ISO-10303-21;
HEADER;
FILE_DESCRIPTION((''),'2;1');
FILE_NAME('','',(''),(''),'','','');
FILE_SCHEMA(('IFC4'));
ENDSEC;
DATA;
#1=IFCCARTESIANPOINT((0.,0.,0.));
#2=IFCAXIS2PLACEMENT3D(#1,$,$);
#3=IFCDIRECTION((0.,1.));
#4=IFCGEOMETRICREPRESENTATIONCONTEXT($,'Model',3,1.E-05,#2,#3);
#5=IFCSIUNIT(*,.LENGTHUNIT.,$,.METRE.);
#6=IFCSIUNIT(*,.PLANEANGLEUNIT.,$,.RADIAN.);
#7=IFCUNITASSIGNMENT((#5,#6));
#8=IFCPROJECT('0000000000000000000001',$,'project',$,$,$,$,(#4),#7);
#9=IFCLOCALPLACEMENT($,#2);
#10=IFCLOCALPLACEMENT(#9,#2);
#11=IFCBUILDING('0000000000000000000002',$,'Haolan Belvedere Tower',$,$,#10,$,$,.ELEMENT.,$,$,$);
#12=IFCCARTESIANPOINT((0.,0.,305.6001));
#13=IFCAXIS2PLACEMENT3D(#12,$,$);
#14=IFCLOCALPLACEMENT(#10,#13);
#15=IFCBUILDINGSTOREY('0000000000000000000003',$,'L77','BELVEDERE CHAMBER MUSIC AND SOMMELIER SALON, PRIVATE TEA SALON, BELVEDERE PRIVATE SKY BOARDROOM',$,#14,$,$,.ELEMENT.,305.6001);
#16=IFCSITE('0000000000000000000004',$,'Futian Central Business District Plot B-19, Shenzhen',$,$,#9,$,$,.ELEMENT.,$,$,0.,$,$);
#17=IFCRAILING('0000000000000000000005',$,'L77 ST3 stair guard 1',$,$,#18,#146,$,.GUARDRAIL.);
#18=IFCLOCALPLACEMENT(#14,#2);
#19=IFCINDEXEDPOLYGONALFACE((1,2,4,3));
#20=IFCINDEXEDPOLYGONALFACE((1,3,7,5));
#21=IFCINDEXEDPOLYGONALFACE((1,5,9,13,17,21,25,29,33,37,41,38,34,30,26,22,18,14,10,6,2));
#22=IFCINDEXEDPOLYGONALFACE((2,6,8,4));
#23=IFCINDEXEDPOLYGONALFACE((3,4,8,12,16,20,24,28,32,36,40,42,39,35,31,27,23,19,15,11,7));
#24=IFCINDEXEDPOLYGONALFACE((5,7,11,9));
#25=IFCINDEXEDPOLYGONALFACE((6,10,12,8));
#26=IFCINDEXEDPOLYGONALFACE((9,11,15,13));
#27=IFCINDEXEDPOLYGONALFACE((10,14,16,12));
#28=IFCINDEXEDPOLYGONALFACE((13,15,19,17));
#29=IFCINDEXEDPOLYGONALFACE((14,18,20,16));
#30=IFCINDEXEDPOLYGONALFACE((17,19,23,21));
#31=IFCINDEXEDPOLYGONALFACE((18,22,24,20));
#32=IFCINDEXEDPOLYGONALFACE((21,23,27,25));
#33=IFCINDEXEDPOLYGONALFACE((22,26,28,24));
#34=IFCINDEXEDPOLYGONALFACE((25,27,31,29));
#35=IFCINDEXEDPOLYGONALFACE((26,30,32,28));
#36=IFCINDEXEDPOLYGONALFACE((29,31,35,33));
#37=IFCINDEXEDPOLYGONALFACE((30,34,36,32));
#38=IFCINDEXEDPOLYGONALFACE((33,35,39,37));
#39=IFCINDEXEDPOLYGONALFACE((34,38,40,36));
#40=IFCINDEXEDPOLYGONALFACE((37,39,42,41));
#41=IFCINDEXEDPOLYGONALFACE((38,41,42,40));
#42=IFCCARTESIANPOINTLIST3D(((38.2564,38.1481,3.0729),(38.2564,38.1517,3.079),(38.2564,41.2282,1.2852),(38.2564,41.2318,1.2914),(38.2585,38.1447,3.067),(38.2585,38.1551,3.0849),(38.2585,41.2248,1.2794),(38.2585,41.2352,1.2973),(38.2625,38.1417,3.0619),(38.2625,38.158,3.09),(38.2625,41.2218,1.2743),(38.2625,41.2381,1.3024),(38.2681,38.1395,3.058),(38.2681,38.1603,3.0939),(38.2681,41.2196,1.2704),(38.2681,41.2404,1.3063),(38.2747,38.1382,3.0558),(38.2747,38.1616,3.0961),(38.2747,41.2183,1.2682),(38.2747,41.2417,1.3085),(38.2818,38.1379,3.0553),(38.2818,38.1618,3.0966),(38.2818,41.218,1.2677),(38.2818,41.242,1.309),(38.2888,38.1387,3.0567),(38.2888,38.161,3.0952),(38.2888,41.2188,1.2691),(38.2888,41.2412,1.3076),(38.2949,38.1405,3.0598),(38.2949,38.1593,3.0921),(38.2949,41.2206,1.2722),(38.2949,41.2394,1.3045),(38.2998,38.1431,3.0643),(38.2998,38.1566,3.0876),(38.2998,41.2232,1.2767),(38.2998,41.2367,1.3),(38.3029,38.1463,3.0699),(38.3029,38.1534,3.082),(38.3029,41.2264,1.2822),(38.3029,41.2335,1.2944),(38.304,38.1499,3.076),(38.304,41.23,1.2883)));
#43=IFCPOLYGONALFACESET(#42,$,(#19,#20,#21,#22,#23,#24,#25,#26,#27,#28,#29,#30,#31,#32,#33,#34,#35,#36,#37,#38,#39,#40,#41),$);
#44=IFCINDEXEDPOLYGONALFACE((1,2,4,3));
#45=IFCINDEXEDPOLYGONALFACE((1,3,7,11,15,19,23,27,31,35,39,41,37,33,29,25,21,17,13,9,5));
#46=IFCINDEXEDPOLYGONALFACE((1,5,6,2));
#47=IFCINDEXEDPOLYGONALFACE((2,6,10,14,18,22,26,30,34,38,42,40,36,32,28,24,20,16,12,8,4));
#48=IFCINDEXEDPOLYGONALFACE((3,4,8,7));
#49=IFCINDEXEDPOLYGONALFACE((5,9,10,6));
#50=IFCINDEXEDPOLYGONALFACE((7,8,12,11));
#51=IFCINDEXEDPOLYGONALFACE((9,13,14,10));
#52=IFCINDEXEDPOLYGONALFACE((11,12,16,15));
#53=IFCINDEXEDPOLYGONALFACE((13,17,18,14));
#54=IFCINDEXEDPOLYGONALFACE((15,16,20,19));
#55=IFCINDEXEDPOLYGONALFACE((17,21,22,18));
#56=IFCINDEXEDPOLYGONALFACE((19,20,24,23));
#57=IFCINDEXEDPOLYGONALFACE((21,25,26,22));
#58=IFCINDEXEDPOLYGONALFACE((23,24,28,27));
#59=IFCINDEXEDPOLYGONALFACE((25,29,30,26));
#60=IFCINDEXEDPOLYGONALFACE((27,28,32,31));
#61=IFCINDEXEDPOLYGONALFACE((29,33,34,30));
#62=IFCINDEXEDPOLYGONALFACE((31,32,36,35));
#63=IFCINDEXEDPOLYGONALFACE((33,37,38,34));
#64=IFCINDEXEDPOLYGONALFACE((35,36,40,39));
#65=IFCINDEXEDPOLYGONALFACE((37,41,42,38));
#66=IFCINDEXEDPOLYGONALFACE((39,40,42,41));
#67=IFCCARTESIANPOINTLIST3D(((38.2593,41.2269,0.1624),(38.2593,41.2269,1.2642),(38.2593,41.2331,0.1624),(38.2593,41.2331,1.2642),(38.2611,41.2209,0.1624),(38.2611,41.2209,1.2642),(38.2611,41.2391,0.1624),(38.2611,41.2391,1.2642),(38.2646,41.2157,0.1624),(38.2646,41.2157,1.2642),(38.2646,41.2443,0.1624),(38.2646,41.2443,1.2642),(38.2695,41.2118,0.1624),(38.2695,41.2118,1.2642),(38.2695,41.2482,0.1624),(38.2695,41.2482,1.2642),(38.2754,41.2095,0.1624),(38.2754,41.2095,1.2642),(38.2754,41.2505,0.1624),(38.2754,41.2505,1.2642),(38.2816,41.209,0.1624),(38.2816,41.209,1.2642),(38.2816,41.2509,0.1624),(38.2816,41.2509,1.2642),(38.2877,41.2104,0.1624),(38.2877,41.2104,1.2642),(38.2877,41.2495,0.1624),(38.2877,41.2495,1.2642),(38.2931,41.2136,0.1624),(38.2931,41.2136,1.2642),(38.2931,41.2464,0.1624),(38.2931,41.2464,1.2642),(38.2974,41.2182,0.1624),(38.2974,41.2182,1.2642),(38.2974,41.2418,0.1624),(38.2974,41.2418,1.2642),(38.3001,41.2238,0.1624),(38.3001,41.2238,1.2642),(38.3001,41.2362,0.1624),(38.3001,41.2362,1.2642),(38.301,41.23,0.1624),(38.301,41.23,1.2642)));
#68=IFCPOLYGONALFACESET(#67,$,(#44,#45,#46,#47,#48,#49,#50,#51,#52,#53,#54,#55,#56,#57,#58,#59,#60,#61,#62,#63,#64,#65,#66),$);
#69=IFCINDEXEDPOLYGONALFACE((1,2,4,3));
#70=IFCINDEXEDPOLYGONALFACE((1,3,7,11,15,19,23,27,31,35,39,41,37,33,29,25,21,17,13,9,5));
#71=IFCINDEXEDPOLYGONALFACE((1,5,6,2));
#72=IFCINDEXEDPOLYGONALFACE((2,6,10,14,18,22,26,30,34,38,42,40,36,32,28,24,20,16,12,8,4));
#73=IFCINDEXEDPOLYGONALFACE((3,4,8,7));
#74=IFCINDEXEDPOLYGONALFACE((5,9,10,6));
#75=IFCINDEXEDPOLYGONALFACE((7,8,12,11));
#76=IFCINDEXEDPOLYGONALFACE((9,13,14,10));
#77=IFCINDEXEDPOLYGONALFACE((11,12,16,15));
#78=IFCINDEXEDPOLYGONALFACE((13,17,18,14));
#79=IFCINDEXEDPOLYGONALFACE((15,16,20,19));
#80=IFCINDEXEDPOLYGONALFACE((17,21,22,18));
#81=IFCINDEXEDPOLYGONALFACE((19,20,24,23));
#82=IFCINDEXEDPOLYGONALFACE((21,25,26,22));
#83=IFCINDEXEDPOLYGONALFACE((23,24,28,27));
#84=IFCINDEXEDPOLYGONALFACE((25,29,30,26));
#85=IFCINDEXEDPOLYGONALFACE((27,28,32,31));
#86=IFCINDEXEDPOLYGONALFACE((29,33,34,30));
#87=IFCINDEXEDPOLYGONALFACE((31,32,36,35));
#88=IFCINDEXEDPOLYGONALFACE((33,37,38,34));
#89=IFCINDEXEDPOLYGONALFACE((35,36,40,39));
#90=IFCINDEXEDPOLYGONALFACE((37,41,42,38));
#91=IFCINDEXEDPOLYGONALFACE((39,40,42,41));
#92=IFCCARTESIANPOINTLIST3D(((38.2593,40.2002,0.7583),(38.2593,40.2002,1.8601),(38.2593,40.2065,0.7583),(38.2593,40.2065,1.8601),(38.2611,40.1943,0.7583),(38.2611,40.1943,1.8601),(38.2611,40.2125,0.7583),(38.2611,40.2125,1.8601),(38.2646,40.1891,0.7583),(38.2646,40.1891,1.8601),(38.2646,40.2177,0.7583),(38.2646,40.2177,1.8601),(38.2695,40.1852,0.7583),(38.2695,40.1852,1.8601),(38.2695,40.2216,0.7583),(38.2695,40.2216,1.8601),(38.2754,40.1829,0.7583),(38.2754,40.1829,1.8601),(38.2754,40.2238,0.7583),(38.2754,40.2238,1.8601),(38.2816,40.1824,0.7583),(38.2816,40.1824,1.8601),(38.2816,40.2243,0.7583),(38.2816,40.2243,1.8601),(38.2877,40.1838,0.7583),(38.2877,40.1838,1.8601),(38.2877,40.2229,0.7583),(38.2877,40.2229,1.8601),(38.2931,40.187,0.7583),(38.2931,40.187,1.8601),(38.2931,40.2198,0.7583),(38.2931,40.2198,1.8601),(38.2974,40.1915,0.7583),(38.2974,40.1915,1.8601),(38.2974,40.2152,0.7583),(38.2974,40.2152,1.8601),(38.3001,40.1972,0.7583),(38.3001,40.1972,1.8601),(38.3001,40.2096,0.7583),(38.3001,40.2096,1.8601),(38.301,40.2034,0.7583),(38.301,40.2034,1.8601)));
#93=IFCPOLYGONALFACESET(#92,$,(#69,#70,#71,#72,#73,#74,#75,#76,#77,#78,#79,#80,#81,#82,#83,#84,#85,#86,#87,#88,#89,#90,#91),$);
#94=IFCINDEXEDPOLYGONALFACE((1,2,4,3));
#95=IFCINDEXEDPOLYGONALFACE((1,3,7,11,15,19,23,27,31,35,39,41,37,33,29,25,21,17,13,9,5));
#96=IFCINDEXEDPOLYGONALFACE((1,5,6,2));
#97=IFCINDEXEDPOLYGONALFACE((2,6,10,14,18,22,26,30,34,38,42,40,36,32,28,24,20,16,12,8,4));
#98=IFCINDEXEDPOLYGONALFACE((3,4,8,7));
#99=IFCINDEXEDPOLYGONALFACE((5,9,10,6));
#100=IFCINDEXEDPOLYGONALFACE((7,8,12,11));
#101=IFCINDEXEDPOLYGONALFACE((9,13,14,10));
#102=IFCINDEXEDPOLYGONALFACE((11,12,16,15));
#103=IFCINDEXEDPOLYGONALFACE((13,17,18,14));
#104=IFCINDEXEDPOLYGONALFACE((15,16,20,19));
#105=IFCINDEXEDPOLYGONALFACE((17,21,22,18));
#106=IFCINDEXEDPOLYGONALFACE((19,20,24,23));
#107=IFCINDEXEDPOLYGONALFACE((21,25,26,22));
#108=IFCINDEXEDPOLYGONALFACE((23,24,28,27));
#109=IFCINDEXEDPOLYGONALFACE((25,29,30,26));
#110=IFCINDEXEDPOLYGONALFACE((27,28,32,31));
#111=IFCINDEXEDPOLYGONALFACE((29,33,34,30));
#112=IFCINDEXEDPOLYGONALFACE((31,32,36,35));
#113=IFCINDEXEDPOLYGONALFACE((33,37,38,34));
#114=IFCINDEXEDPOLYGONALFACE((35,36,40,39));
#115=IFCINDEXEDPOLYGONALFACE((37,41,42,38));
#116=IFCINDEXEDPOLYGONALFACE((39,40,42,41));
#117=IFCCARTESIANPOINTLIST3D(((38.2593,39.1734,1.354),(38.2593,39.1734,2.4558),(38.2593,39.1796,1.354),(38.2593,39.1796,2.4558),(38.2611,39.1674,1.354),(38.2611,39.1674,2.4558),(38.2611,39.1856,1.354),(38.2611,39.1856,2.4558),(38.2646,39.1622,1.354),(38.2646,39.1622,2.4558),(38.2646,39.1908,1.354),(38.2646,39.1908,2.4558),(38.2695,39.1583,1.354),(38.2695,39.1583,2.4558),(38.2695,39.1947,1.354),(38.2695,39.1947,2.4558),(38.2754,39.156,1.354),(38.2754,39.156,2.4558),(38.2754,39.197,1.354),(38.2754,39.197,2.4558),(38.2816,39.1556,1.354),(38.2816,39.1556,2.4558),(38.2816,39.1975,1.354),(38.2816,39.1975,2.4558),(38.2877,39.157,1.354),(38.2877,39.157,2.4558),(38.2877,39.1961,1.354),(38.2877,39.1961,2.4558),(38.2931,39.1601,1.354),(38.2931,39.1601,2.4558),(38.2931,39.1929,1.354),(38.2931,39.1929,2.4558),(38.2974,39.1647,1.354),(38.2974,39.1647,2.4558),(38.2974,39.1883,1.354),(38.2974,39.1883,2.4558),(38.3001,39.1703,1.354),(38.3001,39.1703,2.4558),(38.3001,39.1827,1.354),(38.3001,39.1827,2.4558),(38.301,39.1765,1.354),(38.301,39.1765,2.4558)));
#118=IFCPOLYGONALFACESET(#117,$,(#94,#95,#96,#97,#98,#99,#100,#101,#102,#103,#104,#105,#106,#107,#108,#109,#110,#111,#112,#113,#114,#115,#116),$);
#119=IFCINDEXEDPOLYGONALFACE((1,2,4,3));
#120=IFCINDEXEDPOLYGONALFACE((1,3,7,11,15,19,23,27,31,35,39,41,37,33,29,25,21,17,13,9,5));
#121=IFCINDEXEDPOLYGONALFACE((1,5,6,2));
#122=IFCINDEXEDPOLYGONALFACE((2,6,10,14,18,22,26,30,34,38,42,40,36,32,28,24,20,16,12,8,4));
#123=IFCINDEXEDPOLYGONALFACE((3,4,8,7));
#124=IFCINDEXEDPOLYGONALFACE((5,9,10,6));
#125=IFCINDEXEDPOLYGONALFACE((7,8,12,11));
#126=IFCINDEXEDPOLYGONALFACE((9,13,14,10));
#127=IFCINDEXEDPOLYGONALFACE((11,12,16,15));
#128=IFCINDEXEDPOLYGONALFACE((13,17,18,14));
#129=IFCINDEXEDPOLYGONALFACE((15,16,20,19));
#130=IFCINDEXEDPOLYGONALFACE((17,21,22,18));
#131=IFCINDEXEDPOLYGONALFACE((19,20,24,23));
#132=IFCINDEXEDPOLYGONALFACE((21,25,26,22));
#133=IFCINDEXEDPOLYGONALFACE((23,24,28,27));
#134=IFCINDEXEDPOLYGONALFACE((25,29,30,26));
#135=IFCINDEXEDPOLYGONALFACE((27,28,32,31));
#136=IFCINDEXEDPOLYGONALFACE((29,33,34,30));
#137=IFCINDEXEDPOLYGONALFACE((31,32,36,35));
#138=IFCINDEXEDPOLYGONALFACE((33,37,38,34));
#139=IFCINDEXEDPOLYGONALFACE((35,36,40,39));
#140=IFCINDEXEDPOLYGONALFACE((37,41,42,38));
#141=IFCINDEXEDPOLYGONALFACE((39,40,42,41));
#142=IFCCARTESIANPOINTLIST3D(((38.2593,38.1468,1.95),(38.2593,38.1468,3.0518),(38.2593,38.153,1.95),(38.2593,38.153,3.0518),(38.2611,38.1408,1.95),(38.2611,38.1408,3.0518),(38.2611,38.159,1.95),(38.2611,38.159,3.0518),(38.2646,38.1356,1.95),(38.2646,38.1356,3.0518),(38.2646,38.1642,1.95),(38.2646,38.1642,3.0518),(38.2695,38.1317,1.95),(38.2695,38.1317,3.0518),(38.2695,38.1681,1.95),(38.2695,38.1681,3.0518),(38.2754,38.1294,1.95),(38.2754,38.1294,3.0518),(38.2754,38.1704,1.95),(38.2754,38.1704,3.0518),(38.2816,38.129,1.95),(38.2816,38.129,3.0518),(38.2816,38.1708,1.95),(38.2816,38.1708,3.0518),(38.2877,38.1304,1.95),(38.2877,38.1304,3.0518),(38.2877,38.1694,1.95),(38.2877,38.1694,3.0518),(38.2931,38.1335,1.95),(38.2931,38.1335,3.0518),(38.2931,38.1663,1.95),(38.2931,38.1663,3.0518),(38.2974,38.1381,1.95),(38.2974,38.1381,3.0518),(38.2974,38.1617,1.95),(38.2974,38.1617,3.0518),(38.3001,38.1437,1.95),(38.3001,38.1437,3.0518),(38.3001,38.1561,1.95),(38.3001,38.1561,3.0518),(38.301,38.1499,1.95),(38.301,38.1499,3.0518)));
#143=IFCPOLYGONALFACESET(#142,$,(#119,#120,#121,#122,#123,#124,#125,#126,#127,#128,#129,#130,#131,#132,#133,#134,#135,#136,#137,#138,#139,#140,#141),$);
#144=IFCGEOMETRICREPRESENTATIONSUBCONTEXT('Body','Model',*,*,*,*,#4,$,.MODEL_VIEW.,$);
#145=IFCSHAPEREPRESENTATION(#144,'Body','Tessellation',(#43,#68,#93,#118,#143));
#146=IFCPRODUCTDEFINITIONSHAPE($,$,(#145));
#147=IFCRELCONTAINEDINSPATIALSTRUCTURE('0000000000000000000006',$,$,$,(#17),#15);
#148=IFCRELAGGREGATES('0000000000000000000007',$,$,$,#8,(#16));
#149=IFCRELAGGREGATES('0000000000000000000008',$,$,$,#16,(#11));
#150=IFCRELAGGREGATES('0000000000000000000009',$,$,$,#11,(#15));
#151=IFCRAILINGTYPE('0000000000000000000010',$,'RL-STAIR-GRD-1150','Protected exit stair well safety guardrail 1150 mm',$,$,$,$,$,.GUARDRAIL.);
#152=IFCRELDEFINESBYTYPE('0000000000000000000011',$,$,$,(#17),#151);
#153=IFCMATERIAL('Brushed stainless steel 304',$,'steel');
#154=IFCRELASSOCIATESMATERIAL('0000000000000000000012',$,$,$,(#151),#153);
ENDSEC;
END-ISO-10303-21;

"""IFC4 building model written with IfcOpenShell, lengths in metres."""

from ifc_helpers import new_model, si_unit, direction, frame, origin, origin_2d, place, context, subcontext, project, spatial, circle, extrude, material, type_object, element, save


model = new_model("IFC4")

# Units and contexts
model_context = context("Model", 3, precision=1e-05, world=origin(), true_north=direction((0.0, 1.0)))
body_context = subcontext(model_context, "Body", "Model", "MODEL_VIEW")
ifc_project = project(units=[si_unit("LENGTHUNIT", "METRE"), si_unit("PLANEANGLEUNIT", "RADIAN")], contexts=[model_context])

# Site, building, storey
site_placement = place(None, origin())
site = spatial("IfcSite", under=ifc_project, at=site_placement, Name="Futian Central Business District Plot B-19, Shenzhen", CompositionType="ELEMENT", RefElevation=0.0)
building_placement = place(site_placement, origin())
building = spatial("IfcBuilding", under=site, at=building_placement, Name="Haolan Belvedere Tower", CompositionType="ELEMENT")
storey_placement = place(building_placement, frame((0.0, 0.0, 305.6001)))
storey = spatial("IfcBuildingStorey", under=building, at=storey_placement, Name="L77", Description="BELVEDERE CHAMBER MUSIC AND SOMMELIER SALON, PRIVATE TEA SALON, BELVEDERE PRIVATE SKY BOARDROOM", CompositionType="ELEMENT", Elevation=305.6001)

# Railing
ifc_material_1 = material(Name="Brushed stainless steel 304", Category="steel")
railing_type_1 = type_object("IfcRailingType", Name="RL-STAIR-GRD-1150", Description="Protected exit stair well safety guardrail 1150 mm", PredefinedType="GUARDRAIL", material=ifc_material_1)
railing_1_placement = place(storey_placement, frame((38.28, 41.23, 0.1624)))
element("IfcRailing", 1, at=railing_1_placement, inside=storey, type_object=railing_type_1, Name="L77 ST3 stair guard 1", PredefinedType="GUARDRAIL", context=body_context, shape_type="SweptSolid", body=[
    extrude(circle(Radius=0.0239, at=origin_2d()), frame((0.0, 0.0, 1.126), z_axis=(0.0, -0.864891, 0.50196), x_axis=(1.0, 0.0, 0.0)), (0.0, 0.0, 1.0), 3.5613),
    extrude(circle(Radius=0.021, at=origin_2d()), origin(), (0.0, 0.0, 1.0), 1.1018),
    extrude(circle(Radius=0.021, at=origin_2d()), frame((0.0, -1.0266, 0.5959)), (0.0, 0.0, 1.0), 1.1018),
    extrude(circle(Radius=0.021, at=origin_2d()), frame((0.0, -2.0535, 1.1917)), (0.0, 0.0, 1.0), 1.1018),
    extrude(circle(Radius=0.021, at=origin_2d()), frame((0.0, -3.0801, 1.7876)), (0.0, 0.0, 1.0), 1.1018),
])

save(model, "model.ifc")
